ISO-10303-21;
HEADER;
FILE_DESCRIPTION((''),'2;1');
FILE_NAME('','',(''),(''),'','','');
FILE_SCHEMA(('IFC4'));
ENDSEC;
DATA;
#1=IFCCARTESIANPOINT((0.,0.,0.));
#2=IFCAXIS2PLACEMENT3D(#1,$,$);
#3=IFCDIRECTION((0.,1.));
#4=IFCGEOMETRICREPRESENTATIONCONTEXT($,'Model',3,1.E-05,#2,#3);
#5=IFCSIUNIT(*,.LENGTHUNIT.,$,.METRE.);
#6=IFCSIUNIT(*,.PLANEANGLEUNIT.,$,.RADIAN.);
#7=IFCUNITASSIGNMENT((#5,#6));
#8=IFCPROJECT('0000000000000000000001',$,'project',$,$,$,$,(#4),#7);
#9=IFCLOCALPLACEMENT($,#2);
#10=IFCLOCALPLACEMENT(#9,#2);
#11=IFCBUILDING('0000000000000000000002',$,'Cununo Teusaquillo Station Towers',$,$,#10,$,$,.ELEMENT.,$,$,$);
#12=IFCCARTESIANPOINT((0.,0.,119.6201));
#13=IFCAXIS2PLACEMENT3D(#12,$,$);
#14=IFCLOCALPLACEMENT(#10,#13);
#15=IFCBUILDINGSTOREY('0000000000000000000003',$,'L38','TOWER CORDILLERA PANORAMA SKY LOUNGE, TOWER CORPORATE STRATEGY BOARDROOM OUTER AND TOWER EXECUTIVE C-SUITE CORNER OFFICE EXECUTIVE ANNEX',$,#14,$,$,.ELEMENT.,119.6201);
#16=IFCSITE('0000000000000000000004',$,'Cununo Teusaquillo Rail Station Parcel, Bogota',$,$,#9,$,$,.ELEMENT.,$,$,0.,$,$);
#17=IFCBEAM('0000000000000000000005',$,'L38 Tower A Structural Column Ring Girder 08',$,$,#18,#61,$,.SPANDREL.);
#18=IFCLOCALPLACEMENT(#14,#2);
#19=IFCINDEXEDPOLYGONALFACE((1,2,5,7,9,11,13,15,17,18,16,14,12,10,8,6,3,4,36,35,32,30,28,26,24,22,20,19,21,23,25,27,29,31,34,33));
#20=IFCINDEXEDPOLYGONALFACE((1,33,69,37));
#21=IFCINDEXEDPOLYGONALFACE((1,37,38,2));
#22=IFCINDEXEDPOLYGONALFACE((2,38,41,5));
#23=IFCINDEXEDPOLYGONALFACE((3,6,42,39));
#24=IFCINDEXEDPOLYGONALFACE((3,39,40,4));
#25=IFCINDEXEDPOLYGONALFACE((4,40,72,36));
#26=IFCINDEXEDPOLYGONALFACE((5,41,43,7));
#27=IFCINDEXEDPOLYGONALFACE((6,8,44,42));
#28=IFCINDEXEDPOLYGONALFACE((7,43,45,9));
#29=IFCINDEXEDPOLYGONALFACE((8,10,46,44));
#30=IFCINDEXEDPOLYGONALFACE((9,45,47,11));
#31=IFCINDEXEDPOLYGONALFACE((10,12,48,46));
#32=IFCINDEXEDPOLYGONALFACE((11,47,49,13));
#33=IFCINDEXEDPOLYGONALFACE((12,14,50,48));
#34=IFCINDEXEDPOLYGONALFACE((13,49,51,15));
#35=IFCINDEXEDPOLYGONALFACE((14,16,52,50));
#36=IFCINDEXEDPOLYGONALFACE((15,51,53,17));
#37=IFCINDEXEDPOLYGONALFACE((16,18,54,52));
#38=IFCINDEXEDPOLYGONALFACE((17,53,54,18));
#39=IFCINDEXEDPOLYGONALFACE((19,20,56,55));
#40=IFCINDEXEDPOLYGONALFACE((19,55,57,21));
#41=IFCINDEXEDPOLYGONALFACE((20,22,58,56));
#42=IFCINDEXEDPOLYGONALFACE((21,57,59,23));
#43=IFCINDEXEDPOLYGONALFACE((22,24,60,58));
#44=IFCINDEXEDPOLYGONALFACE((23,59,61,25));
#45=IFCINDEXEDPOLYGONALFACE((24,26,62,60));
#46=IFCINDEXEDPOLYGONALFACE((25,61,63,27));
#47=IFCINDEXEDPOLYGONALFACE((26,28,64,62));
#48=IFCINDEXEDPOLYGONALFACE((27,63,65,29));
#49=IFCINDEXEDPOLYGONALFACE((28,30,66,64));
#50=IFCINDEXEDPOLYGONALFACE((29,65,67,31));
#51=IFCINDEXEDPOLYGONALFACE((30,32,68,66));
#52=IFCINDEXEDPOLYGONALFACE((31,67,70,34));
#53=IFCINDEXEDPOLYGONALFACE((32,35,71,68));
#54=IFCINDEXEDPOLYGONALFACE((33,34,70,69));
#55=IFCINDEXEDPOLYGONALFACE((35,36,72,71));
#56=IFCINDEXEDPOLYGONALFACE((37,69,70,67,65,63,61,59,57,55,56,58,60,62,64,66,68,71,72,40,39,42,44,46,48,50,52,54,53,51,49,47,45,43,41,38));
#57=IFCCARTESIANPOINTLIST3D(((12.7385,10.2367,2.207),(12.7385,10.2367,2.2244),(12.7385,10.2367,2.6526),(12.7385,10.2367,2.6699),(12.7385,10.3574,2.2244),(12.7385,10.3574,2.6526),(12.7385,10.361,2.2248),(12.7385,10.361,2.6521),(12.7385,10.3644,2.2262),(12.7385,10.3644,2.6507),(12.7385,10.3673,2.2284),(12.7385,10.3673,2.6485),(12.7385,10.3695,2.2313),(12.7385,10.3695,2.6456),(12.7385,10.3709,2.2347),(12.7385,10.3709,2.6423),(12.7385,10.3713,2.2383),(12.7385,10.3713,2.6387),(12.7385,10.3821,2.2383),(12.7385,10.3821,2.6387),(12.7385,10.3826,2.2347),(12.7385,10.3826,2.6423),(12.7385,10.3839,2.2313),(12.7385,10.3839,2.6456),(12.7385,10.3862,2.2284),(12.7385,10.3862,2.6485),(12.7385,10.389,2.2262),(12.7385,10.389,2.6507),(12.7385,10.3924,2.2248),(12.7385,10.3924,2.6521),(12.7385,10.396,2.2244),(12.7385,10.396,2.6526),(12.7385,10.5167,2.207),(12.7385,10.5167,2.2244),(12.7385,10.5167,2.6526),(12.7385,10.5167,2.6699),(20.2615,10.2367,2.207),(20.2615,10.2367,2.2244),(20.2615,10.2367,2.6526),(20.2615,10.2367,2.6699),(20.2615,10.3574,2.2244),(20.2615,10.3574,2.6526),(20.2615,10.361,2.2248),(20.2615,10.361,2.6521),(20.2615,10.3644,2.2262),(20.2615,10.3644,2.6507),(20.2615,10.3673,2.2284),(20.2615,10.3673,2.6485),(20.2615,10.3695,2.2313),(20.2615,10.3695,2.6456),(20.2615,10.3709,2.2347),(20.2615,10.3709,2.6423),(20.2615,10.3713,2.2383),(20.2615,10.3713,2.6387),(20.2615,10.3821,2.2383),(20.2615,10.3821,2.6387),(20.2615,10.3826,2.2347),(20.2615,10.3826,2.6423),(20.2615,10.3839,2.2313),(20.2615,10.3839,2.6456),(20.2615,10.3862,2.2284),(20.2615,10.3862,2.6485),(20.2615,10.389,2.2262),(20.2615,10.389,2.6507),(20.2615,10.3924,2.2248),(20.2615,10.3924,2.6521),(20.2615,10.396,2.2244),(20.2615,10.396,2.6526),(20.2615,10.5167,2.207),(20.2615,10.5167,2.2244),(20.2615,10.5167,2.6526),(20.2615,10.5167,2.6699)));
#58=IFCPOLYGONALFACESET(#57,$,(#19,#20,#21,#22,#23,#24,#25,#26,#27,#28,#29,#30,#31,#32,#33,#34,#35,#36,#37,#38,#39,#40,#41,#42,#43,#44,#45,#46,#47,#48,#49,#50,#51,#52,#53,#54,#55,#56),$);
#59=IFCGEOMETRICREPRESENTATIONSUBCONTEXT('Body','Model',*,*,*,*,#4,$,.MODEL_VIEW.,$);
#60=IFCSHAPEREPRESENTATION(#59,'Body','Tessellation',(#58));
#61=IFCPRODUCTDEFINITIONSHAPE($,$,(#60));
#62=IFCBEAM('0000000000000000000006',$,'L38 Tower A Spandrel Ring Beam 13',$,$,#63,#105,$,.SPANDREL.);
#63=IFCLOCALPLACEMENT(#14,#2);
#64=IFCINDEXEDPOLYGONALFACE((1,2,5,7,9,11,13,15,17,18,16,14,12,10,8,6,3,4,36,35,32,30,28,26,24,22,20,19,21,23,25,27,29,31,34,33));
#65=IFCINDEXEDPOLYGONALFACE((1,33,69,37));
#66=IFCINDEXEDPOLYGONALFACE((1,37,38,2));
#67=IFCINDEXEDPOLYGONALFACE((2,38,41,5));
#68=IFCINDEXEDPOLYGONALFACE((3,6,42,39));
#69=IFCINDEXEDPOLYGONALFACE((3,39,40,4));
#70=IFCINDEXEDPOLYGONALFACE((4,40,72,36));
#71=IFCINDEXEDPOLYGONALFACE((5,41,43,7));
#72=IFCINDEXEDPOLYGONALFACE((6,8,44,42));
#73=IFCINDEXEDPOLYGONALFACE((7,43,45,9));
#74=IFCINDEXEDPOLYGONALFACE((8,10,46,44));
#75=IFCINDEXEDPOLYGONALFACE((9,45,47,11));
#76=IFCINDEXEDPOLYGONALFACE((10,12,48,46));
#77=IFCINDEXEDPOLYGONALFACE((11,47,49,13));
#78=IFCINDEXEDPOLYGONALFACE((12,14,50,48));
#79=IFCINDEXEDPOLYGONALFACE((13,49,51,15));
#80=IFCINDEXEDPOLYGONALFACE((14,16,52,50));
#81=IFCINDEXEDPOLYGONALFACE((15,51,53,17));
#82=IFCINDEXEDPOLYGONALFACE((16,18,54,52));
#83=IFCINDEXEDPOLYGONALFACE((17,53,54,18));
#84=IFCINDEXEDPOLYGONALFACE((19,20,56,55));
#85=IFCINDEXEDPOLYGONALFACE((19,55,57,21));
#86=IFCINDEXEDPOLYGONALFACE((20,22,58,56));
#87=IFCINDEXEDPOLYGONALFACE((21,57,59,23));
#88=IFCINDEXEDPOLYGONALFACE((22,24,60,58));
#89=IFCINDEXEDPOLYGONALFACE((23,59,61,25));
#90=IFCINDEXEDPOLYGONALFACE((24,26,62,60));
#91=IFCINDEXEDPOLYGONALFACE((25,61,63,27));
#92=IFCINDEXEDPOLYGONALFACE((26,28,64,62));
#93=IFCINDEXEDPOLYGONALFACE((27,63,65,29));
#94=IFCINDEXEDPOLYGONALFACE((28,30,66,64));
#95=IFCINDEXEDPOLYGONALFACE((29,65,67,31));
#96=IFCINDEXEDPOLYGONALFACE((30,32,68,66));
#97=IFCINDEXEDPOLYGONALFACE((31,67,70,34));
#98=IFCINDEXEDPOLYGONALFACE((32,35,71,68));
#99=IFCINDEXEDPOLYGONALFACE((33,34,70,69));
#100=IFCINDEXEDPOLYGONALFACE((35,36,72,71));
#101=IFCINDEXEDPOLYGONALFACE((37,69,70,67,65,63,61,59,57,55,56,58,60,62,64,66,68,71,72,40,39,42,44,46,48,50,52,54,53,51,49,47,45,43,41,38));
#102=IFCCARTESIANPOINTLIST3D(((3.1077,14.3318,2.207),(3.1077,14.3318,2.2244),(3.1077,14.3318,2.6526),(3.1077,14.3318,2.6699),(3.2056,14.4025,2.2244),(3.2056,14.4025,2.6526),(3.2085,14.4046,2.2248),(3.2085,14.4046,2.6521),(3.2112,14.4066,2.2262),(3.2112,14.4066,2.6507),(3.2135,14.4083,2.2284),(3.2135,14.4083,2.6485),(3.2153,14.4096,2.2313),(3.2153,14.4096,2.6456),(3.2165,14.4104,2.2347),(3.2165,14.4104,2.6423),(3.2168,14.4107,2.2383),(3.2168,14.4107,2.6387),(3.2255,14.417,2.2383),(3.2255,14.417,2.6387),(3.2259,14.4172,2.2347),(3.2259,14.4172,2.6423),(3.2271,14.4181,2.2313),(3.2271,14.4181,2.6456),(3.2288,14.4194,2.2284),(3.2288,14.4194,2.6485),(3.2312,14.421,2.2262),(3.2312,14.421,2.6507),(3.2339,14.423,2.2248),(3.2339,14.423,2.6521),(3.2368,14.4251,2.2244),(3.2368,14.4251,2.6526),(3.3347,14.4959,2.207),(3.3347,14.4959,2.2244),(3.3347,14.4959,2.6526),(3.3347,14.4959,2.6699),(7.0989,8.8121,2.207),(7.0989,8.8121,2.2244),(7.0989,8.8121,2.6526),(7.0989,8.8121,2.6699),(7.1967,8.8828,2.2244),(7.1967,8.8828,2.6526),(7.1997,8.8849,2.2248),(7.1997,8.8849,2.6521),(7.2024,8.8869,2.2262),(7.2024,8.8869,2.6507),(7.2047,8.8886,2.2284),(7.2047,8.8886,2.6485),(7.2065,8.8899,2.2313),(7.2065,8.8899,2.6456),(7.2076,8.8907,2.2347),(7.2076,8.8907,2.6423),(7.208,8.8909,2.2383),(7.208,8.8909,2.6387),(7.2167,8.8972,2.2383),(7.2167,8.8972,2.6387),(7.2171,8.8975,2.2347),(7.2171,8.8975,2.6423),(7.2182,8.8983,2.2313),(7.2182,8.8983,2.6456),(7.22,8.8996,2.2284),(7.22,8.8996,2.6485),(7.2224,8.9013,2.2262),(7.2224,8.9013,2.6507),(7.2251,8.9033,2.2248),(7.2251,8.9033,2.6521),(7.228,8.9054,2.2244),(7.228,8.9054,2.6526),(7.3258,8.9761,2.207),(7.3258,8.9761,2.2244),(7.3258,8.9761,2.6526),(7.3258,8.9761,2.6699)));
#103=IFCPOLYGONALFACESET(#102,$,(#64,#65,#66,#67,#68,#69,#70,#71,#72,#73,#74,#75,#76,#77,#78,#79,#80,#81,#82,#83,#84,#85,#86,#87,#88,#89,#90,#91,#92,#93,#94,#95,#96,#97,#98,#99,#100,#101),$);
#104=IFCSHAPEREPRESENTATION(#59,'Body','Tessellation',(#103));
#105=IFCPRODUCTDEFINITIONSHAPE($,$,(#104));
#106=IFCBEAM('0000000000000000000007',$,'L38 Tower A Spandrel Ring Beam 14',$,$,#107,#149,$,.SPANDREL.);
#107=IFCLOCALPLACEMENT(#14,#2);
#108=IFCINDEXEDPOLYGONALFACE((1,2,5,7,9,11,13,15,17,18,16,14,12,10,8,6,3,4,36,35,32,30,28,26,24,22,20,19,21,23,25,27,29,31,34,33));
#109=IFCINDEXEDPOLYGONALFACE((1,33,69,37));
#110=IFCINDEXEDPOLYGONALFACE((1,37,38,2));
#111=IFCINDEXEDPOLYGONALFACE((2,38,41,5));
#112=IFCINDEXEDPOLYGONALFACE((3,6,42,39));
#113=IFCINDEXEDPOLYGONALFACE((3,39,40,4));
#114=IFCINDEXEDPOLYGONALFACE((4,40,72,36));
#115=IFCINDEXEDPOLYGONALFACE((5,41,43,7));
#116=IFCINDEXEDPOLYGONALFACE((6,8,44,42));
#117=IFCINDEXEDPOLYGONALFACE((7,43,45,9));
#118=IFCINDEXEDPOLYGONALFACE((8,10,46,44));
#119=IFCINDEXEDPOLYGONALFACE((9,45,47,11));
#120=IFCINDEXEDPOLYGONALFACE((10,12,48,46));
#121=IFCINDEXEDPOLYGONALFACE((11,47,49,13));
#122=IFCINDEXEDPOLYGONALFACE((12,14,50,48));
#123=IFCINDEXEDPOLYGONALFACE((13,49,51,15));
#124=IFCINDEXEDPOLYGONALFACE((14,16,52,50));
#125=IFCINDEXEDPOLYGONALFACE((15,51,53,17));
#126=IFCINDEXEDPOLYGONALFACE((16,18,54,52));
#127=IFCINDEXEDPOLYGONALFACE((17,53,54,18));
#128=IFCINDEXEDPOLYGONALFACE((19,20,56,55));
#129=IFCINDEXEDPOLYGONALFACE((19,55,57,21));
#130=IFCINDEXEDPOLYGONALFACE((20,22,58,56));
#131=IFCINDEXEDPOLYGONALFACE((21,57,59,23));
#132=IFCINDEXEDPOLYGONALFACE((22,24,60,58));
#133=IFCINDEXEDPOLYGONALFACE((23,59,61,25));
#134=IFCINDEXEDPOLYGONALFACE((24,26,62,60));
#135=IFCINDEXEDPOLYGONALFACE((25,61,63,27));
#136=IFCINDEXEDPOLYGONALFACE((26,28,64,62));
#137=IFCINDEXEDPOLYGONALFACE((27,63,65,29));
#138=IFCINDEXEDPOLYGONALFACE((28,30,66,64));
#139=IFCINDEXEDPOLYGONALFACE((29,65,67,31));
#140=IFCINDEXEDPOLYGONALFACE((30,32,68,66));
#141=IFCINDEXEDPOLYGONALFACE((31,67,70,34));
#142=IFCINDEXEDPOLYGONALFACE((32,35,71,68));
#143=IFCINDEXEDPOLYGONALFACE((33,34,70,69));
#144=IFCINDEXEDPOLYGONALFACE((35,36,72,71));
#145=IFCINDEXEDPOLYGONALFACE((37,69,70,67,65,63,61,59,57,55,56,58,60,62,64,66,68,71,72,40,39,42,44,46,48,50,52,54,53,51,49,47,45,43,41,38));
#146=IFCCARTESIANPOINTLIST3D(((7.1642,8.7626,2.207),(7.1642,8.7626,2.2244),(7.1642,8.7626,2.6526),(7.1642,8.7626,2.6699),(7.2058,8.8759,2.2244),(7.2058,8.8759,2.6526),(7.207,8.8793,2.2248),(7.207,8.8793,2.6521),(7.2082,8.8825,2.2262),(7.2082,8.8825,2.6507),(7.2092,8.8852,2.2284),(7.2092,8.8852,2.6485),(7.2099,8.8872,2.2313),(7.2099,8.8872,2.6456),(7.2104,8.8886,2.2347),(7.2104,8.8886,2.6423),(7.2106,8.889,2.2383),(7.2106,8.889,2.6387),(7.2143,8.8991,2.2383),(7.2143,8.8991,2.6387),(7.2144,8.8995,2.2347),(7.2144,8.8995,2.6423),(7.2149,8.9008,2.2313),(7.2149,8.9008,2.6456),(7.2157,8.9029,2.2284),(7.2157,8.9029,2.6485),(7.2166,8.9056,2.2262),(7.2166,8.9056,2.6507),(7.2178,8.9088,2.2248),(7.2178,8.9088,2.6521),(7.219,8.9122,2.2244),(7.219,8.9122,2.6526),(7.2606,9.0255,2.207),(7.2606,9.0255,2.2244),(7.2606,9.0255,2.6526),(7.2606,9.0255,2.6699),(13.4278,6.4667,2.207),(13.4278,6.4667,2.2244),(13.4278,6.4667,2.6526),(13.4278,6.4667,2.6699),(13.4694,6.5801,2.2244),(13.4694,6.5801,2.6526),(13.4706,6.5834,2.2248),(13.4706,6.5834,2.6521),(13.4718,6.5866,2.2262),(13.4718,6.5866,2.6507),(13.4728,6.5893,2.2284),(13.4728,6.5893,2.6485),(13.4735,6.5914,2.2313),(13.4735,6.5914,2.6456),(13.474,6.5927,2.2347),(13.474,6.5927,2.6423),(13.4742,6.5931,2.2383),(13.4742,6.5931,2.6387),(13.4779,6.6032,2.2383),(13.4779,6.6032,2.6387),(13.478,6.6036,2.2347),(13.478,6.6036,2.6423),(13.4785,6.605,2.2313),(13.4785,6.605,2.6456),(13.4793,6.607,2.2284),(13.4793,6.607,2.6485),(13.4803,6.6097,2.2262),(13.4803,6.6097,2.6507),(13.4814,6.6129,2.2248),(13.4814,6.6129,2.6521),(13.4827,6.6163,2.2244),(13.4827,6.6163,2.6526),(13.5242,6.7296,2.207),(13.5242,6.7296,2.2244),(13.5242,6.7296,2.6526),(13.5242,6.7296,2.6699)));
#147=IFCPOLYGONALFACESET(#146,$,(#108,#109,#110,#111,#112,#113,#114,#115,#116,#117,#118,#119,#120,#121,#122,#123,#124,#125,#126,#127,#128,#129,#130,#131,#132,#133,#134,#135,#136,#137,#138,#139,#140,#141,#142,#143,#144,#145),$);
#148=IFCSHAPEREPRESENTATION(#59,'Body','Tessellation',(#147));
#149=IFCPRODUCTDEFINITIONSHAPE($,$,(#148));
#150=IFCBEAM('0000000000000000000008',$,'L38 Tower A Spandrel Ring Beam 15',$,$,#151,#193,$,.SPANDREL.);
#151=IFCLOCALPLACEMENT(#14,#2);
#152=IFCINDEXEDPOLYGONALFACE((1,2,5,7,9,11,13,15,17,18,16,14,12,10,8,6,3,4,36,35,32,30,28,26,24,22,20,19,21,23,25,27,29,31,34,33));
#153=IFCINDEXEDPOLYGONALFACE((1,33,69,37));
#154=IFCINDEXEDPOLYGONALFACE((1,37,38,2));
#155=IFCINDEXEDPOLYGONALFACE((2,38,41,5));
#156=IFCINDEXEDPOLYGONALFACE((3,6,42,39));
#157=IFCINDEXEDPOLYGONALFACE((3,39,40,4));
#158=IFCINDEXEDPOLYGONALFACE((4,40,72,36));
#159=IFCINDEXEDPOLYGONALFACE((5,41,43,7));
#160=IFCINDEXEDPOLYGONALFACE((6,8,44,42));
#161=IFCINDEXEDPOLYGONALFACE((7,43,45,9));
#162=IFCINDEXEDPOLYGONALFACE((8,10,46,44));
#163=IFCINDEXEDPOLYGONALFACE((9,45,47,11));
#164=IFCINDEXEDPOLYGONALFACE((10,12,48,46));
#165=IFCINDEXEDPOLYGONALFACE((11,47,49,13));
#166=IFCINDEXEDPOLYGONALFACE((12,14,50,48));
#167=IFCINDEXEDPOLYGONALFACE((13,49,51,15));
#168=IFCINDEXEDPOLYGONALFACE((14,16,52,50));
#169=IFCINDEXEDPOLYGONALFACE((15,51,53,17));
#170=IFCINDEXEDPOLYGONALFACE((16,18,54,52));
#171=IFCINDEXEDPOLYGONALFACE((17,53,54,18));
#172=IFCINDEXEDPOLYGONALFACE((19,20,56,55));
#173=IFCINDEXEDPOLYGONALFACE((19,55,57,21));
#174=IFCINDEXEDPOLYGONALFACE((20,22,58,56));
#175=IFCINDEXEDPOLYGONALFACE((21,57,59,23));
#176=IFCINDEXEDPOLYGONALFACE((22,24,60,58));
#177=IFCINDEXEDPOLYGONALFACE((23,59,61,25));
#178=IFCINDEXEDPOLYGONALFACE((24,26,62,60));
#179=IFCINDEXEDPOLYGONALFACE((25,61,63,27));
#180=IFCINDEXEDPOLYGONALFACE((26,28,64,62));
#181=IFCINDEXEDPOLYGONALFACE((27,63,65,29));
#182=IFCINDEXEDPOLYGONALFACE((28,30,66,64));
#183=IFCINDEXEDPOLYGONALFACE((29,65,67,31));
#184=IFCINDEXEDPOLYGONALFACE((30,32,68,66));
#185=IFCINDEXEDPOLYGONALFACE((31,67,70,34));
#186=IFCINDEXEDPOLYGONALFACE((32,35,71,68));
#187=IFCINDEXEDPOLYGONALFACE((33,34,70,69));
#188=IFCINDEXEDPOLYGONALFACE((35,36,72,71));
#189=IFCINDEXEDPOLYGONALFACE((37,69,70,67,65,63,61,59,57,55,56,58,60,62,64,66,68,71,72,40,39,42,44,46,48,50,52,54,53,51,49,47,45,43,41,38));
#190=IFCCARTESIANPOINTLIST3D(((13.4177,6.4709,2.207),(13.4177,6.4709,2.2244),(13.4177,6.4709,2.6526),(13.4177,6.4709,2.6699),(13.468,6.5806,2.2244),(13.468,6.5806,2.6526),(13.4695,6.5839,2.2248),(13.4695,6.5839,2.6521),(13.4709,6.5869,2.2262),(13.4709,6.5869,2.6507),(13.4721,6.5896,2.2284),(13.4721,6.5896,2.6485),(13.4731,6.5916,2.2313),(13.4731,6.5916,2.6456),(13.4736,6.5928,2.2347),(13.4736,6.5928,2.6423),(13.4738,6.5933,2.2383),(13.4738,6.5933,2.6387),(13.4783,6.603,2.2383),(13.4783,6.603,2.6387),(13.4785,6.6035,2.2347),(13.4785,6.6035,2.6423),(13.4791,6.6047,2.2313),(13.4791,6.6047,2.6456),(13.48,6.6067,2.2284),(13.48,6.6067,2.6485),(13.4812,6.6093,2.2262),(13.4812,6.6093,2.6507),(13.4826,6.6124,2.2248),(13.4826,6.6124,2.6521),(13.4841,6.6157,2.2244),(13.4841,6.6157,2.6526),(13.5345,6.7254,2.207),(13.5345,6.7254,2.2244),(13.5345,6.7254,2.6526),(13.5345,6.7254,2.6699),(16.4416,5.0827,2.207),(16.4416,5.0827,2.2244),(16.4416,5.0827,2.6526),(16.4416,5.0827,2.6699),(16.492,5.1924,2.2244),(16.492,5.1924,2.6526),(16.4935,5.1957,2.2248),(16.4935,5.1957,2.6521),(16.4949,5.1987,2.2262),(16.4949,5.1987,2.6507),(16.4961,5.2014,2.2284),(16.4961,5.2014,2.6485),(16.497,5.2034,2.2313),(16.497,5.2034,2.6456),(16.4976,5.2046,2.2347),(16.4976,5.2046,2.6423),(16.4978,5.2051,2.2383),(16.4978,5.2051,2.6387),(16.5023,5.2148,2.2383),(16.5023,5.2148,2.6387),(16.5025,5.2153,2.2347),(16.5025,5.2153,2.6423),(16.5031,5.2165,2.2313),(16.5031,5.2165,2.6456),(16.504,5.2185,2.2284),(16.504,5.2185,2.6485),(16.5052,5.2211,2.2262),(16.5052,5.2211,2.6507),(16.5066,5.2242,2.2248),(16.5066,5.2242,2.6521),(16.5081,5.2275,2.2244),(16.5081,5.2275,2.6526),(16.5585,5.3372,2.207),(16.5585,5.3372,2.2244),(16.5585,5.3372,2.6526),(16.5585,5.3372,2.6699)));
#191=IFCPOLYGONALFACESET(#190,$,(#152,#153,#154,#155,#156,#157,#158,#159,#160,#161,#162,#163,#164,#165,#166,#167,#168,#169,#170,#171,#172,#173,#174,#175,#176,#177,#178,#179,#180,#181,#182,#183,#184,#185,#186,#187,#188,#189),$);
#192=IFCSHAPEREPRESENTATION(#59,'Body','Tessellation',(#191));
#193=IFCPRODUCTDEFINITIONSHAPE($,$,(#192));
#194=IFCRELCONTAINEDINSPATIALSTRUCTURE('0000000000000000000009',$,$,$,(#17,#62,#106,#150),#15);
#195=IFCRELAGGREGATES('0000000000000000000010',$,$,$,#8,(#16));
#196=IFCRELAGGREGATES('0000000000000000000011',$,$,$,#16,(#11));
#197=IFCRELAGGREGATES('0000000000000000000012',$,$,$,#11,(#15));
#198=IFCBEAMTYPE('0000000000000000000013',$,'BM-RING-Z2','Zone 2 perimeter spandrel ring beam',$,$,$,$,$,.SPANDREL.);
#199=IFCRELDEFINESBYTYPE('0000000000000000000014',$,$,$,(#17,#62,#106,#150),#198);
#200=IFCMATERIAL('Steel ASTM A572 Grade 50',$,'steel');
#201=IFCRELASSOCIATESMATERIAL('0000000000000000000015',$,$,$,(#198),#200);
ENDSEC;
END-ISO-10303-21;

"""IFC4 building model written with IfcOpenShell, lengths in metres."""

from ifc_helpers import new_model, si_unit, direction, frame, origin, origin_2d, place, context, subcontext, project, spatial, i_section, extrude, material, material_profile, profile_set, type_object, element, save


model = new_model("IFC4")

# Units and contexts
model_context = context("Model", 3, precision=1e-05, world=origin(), true_north=direction((0.0, 1.0)))
body_context = subcontext(model_context, "Body", "Model", "MODEL_VIEW")
ifc_project = project(units=[si_unit("LENGTHUNIT", "METRE"), si_unit("PLANEANGLEUNIT", "RADIAN")], contexts=[model_context])

# Site, building, storey
site_placement = place(None, origin())
site = spatial("IfcSite", under=ifc_project, at=site_placement, Name="Cununo Teusaquillo Rail Station Parcel, Bogota", CompositionType="ELEMENT", RefElevation=0.0)
building_placement = place(site_placement, origin())
building = spatial("IfcBuilding", under=site, at=building_placement, Name="Cununo Teusaquillo Station Towers", CompositionType="ELEMENT")
storey_placement = place(building_placement, frame((0.0, 0.0, 119.6201)))
storey = spatial("IfcBuildingStorey", under=building, at=storey_placement, Name="L38", Description="TOWER CORDILLERA PANORAMA SKY LOUNGE, TOWER CORPORATE STRATEGY BOARDROOM OUTER AND TOWER EXECUTIVE C-SUITE CORNER OFFICE EXECUTIVE ANNEX", CompositionType="ELEMENT", Elevation=119.6201)

# Beams
ifc_material_1 = material(Name="Steel ASTM A572 Grade 50", Category="steel")
ifc_material_profile_1 = material_profile(ifc_material_1, i_section(OverallWidth=0.28, OverallDepth=0.4629, WebThickness=0.0107, FlangeThickness=0.0173, FilletRadius=0.0139, at=origin_2d()), Name="W18X76")
ifc_profile_set_1 = profile_set([ifc_material_profile_1], Name="Steel ASTM A572 Grade 50")
beam_type = type_object("IfcBeamType", Name="BM-RING-Z2", Description="Zone 2 perimeter spandrel ring beam", PredefinedType="SPANDREL", material=ifc_profile_set_1)
beam_1_placement = place(storey_placement, frame((12.7385, 10.3767, 2.4385), z_axis=(1.0, 0.0, 0.0), x_axis=(0.0, 1.0, 0.0)))
element("IfcBeam", 1, at=beam_1_placement, inside=storey, type_object=beam_type, Name="L38 Tower A Structural Column Ring Girder 08", PredefinedType="SPANDREL", context=body_context, shape_type="SweptSolid", body=[
    extrude(i_section(OverallWidth=0.28, OverallDepth=0.4629, WebThickness=0.0107, FlangeThickness=0.0173, FilletRadius=0.0139, at=origin_2d()), origin(), (0.0, 0.0, 1.0), 7.5229),
])
beam_2_placement = place(storey_placement, frame((3.2212, 14.4138, 2.4385), z_axis=(0.585945, -0.810351, 0.0), x_axis=(0.810351, 0.585945, 0.0)))
element("IfcBeam", 2, at=beam_2_placement, inside=storey, type_object=beam_type, Name="L38 Tower A Spandrel Ring Beam 13", PredefinedType="SPANDREL", context=body_context, shape_type="SweptSolid", body=[
    extrude(i_section(OverallWidth=0.28, OverallDepth=0.4629, WebThickness=0.0107, FlangeThickness=0.0173, FilletRadius=0.0139, at=origin_2d()), origin(), (0.0, 0.0, 1.0), 6.8115),
])
beam_3_placement = place(storey_placement, frame((7.2124, 8.894, 2.4385), z_axis=(0.938914, -0.344151, 0.0), x_axis=(0.344151, 0.938914, 0.0)))
element("IfcBeam", 3, at=beam_3_placement, inside=storey, type_object=beam_type, Name="L38 Tower A Spandrel Ring Beam 14", PredefinedType="SPANDREL", context=body_context, shape_type="SweptSolid", body=[
    extrude(i_section(OverallWidth=0.28, OverallDepth=0.4629, WebThickness=0.0107, FlangeThickness=0.0173, FilletRadius=0.0139, at=origin_2d()), origin(), (0.0, 0.0, 1.0), 6.6711),
])
beam_4_placement = place(storey_placement, frame((13.4761, 6.5981, 2.4385), z_axis=(0.908812, -0.417205, 0.0), x_axis=(0.417205, 0.908812, 0.0)))
element("IfcBeam", 4, at=beam_4_placement, inside=storey, type_object=beam_type, Name="L38 Tower A Spandrel Ring Beam 15", PredefinedType="SPANDREL", context=body_context, shape_type="SweptSolid", body=[
    extrude(i_section(OverallWidth=0.28, OverallDepth=0.4629, WebThickness=0.0107, FlangeThickness=0.0173, FilletRadius=0.0139, at=origin_2d()), origin(), (0.0, 0.0, 1.0), 3.3274),
])

save(model, "model.ifc")
